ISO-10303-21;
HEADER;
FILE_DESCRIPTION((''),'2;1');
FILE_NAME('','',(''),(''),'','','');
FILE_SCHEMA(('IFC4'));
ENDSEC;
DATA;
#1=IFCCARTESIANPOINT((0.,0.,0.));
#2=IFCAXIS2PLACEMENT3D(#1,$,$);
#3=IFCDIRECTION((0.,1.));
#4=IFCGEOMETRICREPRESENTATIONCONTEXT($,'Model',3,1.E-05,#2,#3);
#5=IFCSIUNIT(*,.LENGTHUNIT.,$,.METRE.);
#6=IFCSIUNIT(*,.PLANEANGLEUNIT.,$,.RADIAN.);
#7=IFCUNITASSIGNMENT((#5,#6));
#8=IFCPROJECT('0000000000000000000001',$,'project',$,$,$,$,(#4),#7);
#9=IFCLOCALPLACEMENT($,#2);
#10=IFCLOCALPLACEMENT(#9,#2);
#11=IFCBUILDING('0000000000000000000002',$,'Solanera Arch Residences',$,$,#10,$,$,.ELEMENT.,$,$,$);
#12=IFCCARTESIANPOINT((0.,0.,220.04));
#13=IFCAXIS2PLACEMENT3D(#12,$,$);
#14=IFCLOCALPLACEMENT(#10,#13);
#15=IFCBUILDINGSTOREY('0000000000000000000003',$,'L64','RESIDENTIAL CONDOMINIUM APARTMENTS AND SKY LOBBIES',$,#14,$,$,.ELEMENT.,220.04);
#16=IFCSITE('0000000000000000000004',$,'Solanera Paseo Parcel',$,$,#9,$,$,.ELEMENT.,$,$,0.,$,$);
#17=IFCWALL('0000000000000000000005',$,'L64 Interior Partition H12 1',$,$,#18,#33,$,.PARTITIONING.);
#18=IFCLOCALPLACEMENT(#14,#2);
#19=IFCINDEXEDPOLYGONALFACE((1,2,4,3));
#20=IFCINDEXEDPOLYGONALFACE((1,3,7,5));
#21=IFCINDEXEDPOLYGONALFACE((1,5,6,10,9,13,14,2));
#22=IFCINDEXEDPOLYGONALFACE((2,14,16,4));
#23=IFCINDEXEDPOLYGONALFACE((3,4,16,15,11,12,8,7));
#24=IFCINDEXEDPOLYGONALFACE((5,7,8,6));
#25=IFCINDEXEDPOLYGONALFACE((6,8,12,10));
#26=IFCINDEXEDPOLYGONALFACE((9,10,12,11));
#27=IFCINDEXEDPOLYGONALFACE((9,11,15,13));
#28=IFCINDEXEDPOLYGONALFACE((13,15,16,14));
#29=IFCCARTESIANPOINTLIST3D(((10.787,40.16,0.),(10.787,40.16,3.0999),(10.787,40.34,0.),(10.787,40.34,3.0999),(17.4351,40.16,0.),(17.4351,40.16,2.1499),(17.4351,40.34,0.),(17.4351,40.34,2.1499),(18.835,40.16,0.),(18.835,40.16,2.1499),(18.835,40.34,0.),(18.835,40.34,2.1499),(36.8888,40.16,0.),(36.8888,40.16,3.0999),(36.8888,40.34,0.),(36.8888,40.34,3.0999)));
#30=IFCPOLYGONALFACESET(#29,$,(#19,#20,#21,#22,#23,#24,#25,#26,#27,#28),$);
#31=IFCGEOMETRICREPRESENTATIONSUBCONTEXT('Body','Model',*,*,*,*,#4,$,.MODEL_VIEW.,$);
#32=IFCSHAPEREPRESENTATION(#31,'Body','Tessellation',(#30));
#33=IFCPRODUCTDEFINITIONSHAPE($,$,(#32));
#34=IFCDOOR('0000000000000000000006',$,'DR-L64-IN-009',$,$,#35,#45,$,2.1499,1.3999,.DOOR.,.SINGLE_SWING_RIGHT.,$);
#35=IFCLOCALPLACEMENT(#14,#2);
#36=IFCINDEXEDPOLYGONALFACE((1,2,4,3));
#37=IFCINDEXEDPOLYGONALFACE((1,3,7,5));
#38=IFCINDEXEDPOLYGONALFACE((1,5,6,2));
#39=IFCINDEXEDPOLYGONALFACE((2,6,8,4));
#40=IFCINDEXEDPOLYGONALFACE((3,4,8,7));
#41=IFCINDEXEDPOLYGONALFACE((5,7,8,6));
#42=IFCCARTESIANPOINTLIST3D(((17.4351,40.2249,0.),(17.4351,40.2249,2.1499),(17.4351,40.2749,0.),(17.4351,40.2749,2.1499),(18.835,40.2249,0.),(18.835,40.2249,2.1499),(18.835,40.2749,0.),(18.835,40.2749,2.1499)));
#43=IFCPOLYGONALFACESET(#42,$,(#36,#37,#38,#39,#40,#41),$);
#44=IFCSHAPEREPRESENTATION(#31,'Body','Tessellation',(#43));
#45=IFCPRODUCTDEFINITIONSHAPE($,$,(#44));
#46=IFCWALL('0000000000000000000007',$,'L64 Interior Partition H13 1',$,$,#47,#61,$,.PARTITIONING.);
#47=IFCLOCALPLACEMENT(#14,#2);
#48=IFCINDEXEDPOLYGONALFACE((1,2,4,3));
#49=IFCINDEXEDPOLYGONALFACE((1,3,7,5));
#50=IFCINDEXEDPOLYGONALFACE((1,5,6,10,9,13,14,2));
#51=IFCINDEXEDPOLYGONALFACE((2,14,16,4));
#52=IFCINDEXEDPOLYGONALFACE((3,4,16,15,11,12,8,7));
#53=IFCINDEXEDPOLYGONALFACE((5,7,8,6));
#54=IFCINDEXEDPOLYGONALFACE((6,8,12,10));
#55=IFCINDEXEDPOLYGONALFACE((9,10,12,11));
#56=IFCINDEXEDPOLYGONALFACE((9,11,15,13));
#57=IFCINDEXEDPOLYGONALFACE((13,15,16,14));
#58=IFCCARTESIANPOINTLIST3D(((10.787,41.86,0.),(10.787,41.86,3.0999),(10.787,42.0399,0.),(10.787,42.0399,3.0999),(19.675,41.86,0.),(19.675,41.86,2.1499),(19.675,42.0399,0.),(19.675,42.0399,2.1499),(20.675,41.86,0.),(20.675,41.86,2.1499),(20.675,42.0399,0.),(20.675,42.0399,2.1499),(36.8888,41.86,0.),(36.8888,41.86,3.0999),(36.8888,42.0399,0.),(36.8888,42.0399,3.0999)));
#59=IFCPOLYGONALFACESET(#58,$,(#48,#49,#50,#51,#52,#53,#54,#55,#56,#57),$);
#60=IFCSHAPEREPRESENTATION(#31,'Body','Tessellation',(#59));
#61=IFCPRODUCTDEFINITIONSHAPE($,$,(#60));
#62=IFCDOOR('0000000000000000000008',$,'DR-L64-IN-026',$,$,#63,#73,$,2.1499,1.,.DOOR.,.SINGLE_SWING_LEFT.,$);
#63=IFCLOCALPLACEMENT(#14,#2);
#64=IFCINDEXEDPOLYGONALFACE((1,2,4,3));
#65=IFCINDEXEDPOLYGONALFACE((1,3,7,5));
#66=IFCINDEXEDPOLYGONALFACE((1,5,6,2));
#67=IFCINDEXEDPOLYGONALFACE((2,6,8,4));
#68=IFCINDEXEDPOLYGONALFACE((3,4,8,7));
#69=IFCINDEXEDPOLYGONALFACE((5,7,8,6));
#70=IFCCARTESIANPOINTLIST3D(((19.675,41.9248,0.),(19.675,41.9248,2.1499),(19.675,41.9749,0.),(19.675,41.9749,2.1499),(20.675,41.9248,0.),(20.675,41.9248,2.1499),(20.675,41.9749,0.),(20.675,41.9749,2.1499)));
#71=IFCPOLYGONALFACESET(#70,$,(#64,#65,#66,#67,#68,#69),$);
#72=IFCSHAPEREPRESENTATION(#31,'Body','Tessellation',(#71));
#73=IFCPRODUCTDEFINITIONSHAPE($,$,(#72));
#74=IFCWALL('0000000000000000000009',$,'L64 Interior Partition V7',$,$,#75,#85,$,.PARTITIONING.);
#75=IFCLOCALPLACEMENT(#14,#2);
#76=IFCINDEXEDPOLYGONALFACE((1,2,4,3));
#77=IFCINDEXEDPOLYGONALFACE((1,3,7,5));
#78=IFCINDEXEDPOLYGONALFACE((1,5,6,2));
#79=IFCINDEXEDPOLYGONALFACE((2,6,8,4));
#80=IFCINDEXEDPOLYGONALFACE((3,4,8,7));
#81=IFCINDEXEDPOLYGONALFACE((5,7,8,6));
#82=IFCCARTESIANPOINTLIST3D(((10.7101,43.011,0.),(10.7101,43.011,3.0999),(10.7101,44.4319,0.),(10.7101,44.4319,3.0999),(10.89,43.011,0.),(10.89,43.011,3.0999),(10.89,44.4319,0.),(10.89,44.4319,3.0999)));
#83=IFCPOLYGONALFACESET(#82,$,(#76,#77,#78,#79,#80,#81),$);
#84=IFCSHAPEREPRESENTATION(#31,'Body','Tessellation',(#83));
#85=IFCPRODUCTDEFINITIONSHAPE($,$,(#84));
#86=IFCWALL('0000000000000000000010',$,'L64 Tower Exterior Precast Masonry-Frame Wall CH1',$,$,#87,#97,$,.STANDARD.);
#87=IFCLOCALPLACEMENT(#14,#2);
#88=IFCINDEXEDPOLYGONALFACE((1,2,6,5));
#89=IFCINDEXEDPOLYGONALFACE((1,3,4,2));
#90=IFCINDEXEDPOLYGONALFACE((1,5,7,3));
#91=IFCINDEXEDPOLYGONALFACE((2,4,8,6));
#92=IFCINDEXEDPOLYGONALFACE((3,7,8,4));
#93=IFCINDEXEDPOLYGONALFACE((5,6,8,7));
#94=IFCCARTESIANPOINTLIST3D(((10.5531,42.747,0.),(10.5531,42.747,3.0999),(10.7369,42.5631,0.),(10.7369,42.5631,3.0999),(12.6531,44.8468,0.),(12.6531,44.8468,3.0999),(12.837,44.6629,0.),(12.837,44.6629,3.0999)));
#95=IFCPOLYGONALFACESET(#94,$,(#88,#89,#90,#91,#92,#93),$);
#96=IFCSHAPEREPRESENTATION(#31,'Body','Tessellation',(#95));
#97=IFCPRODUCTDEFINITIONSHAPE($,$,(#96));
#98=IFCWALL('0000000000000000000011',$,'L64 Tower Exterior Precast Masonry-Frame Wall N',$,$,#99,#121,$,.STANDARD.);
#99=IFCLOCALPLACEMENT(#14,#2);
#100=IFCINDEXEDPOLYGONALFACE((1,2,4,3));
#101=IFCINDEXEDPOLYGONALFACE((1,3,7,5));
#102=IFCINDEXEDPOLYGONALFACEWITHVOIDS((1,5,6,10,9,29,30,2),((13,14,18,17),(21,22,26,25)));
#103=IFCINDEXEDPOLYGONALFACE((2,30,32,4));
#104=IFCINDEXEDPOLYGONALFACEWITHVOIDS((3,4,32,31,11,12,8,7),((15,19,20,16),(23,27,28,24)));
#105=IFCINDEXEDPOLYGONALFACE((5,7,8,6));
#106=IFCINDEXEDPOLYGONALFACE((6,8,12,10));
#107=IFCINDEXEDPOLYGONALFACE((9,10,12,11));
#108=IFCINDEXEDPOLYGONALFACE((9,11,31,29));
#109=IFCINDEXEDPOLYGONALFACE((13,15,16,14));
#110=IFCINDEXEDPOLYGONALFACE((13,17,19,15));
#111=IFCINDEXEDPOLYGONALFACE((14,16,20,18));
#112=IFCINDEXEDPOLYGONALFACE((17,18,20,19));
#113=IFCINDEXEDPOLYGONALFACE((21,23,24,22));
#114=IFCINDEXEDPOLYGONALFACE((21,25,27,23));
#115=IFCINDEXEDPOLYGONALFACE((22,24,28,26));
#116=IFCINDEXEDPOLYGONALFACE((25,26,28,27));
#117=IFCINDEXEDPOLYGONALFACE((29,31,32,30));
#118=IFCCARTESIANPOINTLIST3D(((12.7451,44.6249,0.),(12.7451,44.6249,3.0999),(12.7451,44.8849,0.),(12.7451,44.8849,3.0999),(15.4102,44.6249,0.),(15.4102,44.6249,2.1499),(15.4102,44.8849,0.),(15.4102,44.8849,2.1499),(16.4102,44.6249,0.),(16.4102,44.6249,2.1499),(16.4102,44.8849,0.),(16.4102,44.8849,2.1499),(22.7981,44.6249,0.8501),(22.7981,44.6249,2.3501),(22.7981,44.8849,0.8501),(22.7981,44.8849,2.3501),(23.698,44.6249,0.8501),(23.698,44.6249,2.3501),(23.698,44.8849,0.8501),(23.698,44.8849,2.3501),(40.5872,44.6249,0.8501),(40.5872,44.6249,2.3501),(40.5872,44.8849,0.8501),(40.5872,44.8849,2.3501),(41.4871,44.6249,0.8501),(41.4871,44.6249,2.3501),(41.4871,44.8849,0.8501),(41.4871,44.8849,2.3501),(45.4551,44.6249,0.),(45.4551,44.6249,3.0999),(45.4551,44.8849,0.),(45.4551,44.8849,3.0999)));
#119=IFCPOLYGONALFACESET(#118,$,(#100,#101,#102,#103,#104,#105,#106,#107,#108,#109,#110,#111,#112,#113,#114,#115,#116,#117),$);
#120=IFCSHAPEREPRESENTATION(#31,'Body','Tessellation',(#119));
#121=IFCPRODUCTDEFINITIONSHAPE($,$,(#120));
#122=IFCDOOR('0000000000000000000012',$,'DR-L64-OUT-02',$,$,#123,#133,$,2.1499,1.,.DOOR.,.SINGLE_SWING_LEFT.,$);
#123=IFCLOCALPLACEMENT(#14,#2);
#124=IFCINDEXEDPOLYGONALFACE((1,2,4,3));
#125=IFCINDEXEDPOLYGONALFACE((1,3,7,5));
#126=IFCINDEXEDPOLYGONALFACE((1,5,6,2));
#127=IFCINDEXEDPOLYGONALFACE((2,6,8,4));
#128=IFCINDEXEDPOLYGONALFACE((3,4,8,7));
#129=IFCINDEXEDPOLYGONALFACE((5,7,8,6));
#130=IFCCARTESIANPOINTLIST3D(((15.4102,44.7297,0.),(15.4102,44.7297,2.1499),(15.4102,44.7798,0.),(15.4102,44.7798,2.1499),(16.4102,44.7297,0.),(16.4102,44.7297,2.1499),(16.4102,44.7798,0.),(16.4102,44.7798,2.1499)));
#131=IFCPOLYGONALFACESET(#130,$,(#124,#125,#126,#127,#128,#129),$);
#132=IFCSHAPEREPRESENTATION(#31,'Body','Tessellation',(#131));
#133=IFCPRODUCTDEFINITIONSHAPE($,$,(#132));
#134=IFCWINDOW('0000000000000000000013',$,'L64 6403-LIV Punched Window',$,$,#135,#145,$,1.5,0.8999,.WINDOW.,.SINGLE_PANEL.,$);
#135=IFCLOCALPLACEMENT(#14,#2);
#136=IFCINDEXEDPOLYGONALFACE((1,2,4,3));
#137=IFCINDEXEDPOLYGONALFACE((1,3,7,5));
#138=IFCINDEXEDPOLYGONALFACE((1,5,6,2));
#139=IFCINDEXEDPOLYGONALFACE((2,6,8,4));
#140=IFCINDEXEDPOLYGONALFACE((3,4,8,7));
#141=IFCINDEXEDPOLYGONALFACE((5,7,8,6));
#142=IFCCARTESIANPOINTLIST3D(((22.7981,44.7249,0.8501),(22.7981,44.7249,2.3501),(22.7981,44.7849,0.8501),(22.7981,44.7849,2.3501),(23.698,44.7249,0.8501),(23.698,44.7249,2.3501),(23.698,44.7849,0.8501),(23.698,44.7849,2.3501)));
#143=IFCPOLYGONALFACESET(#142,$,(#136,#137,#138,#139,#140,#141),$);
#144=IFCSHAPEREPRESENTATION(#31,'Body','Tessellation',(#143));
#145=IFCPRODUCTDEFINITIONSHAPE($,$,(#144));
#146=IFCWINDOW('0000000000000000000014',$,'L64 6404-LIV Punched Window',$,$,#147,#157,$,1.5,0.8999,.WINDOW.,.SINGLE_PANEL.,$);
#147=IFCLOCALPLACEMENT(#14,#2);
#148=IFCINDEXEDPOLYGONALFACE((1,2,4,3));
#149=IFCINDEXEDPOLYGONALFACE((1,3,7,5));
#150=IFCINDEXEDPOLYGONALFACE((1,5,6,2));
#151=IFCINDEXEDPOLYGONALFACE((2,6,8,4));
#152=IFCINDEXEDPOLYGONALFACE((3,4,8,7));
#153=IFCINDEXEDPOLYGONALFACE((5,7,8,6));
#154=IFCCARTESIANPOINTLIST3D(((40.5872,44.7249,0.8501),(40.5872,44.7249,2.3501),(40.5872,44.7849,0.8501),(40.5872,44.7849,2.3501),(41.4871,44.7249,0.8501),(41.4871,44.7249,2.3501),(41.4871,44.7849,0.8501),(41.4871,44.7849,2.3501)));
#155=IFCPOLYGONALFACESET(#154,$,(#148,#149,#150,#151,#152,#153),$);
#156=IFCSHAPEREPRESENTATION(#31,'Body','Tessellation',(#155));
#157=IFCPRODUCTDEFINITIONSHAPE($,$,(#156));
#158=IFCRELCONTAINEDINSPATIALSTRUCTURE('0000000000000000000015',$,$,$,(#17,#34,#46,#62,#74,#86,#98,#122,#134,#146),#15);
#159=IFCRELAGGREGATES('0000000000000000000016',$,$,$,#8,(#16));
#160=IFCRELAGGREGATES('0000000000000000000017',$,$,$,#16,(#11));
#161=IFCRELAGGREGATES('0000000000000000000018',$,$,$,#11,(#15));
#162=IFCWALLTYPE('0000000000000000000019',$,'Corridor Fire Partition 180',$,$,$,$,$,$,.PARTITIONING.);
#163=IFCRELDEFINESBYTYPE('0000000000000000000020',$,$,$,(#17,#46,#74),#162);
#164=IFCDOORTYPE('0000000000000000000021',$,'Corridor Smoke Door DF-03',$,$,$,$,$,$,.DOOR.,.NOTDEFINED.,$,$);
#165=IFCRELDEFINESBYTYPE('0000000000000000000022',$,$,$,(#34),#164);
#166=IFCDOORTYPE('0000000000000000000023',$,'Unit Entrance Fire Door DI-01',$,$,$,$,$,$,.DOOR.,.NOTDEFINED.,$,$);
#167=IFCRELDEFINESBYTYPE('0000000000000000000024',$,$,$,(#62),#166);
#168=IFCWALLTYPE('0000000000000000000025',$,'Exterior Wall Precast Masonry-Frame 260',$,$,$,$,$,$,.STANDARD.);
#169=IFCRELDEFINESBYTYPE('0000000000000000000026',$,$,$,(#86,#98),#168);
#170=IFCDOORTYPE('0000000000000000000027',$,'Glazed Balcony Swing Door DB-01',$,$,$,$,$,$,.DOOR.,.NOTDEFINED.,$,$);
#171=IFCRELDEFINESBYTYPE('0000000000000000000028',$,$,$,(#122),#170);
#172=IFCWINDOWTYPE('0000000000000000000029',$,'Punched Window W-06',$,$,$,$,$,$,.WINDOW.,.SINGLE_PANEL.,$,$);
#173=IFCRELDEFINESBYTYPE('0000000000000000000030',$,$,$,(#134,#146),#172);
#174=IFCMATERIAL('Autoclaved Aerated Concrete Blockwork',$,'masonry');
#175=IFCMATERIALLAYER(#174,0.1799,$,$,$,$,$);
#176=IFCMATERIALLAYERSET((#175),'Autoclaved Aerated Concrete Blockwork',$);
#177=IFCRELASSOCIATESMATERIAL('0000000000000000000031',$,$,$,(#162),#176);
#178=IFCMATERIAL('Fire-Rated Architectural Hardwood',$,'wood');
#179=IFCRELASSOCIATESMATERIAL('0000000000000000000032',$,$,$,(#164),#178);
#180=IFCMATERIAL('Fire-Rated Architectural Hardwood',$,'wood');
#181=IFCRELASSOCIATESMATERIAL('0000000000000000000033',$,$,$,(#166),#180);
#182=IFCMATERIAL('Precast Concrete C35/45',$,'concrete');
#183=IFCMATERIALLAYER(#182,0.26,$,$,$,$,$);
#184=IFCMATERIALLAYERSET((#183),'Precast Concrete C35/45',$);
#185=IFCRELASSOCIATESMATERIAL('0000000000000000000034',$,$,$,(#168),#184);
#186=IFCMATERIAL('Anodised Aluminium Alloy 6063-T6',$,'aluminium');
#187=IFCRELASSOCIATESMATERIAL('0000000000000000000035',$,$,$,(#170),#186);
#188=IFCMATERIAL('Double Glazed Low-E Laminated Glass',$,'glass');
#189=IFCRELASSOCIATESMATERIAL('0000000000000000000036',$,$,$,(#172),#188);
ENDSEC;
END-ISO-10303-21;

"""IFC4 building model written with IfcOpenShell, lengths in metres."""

from ifc_helpers import new_model, si_unit, direction, frame, frame_2d, origin, place, context, subcontext, project, spatial, rectangle, extrude, material, layer, layer_set, type_object, element, fill, save


model = new_model("IFC4")

# Units and contexts
model_context = context("Model", 3, precision=1e-05, world=origin(), true_north=direction((0.0, 1.0)))
body_context = subcontext(model_context, "Body", "Model", "MODEL_VIEW")
ifc_project = project(units=[si_unit("LENGTHUNIT", "METRE"), si_unit("PLANEANGLEUNIT", "RADIAN")], contexts=[model_context])

# Site, building, storey
site_placement = place(None, origin())
site = spatial("IfcSite", under=ifc_project, at=site_placement, Name="Solanera Paseo Parcel", CompositionType="ELEMENT", RefElevation=0.0)
building_placement = place(site_placement, origin())
building = spatial("IfcBuilding", under=site, at=building_placement, Name="Solanera Arch Residences", CompositionType="ELEMENT")
storey_placement = place(building_placement, frame((0.0, 0.0, 220.04)))
storey = spatial("IfcBuildingStorey", under=building, at=storey_placement, Name="L64", Description="RESIDENTIAL CONDOMINIUM APARTMENTS AND SKY LOBBIES", CompositionType="ELEMENT", Elevation=220.04)

# Walls, openings, doors
ifc_material_1 = material(Name="Autoclaved Aerated Concrete Blockwork", Category="masonry")
ifc_layer_1 = layer(ifc_material_1, 0.1799)
ifc_layer_set_1 = layer_set([ifc_layer_1], Name="Autoclaved Aerated Concrete Blockwork")
wall_type_1 = type_object("IfcWallType", Name="Corridor Fire Partition 180", PredefinedType="PARTITIONING", material=ifc_layer_set_1)
wall_1_placement = place(storey_placement, frame((10.7871, 40.25, 0.0), z_axis=(0.0, 0.0, 1.0), x_axis=(1.0, 0.0, 0.0)))
wall_1 = element("IfcWall", 1, at=wall_1_placement, inside=storey, type_object=wall_type_1, Name="L64 Interior Partition H12 1", PredefinedType="PARTITIONING", context=body_context, shape_type="SweptSolid", body=[
    extrude(rectangle(XDim=26.1018, YDim=0.1799, at=frame_2d((13.0508, 0.0))), origin(), (0.0, 0.0, 1.0), 3.0999),
])
opening_1_placement = place(wall_1_placement, frame((6.6479, 0.0, 0.0)))
opening_1 = element("IfcOpeningElement", 2, at=opening_1_placement, cuts=wall_1, PredefinedType="OPENING", context=body_context, shape_type="SweptSolid", body=[
    extrude(rectangle(XDim=1.3999, YDim=2.1499, at=frame_2d((0.7, 1.075))), frame((0.0, 0.1001, 0.0), z_axis=(0.0, -1.0, 0.0), x_axis=(1.0, 0.0, 0.0)), (0.0, 0.0, 1.0), 0.1999),
])
ifc_material_2 = material(Name="Fire-Rated Architectural Hardwood", Category="wood")
door_type_1 = type_object("IfcDoorType", Name="Corridor Smoke Door DF-03", OperationType="NOTDEFINED", PredefinedType="DOOR", material=ifc_material_2)
door_1_placement = place(opening_1_placement, origin())
door_1 = element("IfcDoor", 3, at=door_1_placement, inside=storey, type_object=door_type_1, Name="DR-L64-IN-009", OperationType="SINGLE_SWING_RIGHT", OverallHeight=2.1499, OverallWidth=1.3999, PredefinedType="DOOR", context=body_context, shape_type="SweptSolid", body=[
    extrude(rectangle(XDim=1.3999, YDim=2.1499, at=frame_2d((0.7, 1.075))), frame((0.0, 0.0249, 0.0), z_axis=(0.0, -1.0, 0.0), x_axis=(1.0, 0.0, 0.0)), (0.0, 0.0, 1.0), 0.05),
])
fill(opening_1, door_1)
wall_2_placement = place(storey_placement, frame((10.7871, 41.95, 0.0), z_axis=(0.0, 0.0, 1.0), x_axis=(1.0, 0.0, 0.0)))
wall_2 = element("IfcWall", 4, at=wall_2_placement, inside=storey, type_object=wall_type_1, Name="L64 Interior Partition H13 1", PredefinedType="PARTITIONING", context=body_context, shape_type="SweptSolid", body=[
    extrude(rectangle(XDim=26.1018, YDim=0.1799, at=frame_2d((13.0508, 0.0))), origin(), (0.0, 0.0, 1.0), 3.0999),
])
opening_2_placement = place(wall_2_placement, frame((8.8879, 0.0, 0.0)))
opening_2 = element("IfcOpeningElement", 5, at=opening_2_placement, cuts=wall_2, PredefinedType="OPENING", context=body_context, shape_type="SweptSolid", body=[
    extrude(rectangle(XDim=1.0, YDim=2.1499, at=frame_2d((0.5, 1.075))), frame((0.0, 0.1001, 0.0), z_axis=(0.0, -1.0, 0.0), x_axis=(1.0, 0.0, 0.0)), (0.0, 0.0, 1.0), 0.1999),
])
ifc_material_3 = material(Name="Fire-Rated Architectural Hardwood", Category="wood")
door_type_2 = type_object("IfcDoorType", Name="Unit Entrance Fire Door DI-01", OperationType="NOTDEFINED", PredefinedType="DOOR", material=ifc_material_3)
door_2_placement = place(opening_2_placement, origin())
door_2 = element("IfcDoor", 6, at=door_2_placement, inside=storey, type_object=door_type_2, Name="DR-L64-IN-026", OperationType="SINGLE_SWING_LEFT", OverallHeight=2.1499, OverallWidth=1.0, PredefinedType="DOOR", context=body_context, shape_type="SweptSolid", body=[
    extrude(rectangle(XDim=1.0, YDim=2.1499, at=frame_2d((0.5, 1.075))), frame((0.0, 0.0249, 0.0), z_axis=(0.0, -1.0, 0.0), x_axis=(1.0, 0.0, 0.0)), (0.0, 0.0, 1.0), 0.05),
])
fill(opening_2, door_2)

# Walls
wall_3_placement = place(storey_placement, frame((10.8, 43.011, 0.0), z_axis=(0.0, 0.0, 1.0), x_axis=(0.0, 1.0, 0.0)))
element("IfcWall", 7, at=wall_3_placement, inside=storey, type_object=wall_type_1, Name="L64 Interior Partition V7", PredefinedType="PARTITIONING", context=body_context, shape_type="SweptSolid", body=[
    extrude(rectangle(XDim=1.4209, YDim=0.1799, at=frame_2d((0.7104, 0.0))), origin(), (0.0, 0.0, 1.0), 3.0999),
])
ifc_material_4 = material(Name="Precast Concrete C35/45", Category="concrete")
ifc_layer_2 = layer(ifc_material_4, 0.26)
ifc_layer_set_2 = layer_set([ifc_layer_2], Name="Precast Concrete C35/45")
wall_type_2 = type_object("IfcWallType", Name="Exterior Wall Precast Masonry-Frame 260", PredefinedType="STANDARD", material=ifc_layer_set_2)
wall_4_placement = place(storey_placement, frame((10.645, 42.655, 0.0), z_axis=(0.0, 0.0, 1.0), x_axis=(0.707148, 0.707066, 0.0)))
element("IfcWall", 8, at=wall_4_placement, inside=storey, type_object=wall_type_2, Name="L64 Tower Exterior Precast Masonry-Frame Wall CH1", PredefinedType="STANDARD", context=body_context, shape_type="SweptSolid", body=[
    extrude(rectangle(XDim=2.9697, YDim=0.26, at=frame_2d((1.4849, 0.0))), origin(), (0.0, 0.0, 1.0), 3.0999),
])

# Wall, openings, door, windows
wall_5_placement = place(storey_placement, frame((12.7451, 44.7549, 0.0), z_axis=(0.0, 0.0, 1.0), x_axis=(1.0, 0.0, 0.0)))
wall_5 = element("IfcWall", 9, at=wall_5_placement, inside=storey, type_object=wall_type_2, Name="L64 Tower Exterior Precast Masonry-Frame Wall N", PredefinedType="STANDARD", context=body_context, shape_type="SweptSolid", body=[
    extrude(rectangle(XDim=32.71, YDim=0.26, at=frame_2d((16.355, 0.0))), origin(), (0.0, 0.0, 1.0), 3.0999),
])
opening_3_placement = place(wall_5_placement, frame((2.665, 0.0, 0.0)))
opening_3 = element("IfcOpeningElement", 10, at=opening_3_placement, cuts=wall_5, PredefinedType="OPENING", context=body_context, shape_type="SweptSolid", body=[
    extrude(rectangle(XDim=1.0, YDim=2.1499, at=frame_2d((0.5, 1.075))), frame((0.0, 0.1399, 0.0), z_axis=(0.0, -1.0, 0.0), x_axis=(1.0, 0.0, 0.0)), (0.0, 0.0, 1.0), 0.28),
])
opening_4_placement = place(wall_5_placement, frame((10.053, 0.0, 0.8501)))
opening_4 = element("IfcOpeningElement", 11, at=opening_4_placement, cuts=wall_5, PredefinedType="OPENING", context=body_context, shape_type="SweptSolid", body=[
    extrude(rectangle(XDim=0.8999, YDim=1.5, at=frame_2d((0.45, 0.75))), frame((0.0, 0.1399, 0.0), z_axis=(0.0, -1.0, 0.0), x_axis=(1.0, 0.0, 0.0)), (0.0, 0.0, 1.0), 0.28),
])
opening_5_placement = place(wall_5_placement, frame((27.842, 0.0, 0.8501)))
opening_5 = element("IfcOpeningElement", 12, at=opening_5_placement, cuts=wall_5, PredefinedType="OPENING", context=body_context, shape_type="SweptSolid", body=[
    extrude(rectangle(XDim=0.8999, YDim=1.5, at=frame_2d((0.45, 0.75))), frame((0.0, 0.1399, 0.0), z_axis=(0.0, -1.0, 0.0), x_axis=(1.0, 0.0, 0.0)), (0.0, 0.0, 1.0), 0.28),
])
ifc_material_5 = material(Name="Anodised Aluminium Alloy 6063-T6", Category="aluminium")
door_type_3 = type_object("IfcDoorType", Name="Glazed Balcony Swing Door DB-01", OperationType="NOTDEFINED", PredefinedType="DOOR", material=ifc_material_5)
door_3_placement = place(opening_3_placement, origin())
door_3 = element("IfcDoor", 13, at=door_3_placement, inside=storey, type_object=door_type_3, Name="DR-L64-OUT-02", OperationType="SINGLE_SWING_LEFT", OverallHeight=2.1499, OverallWidth=1.0, PredefinedType="DOOR", context=body_context, shape_type="SweptSolid", body=[
    extrude(rectangle(XDim=1.0, YDim=2.1499, at=frame_2d((0.5, 1.075))), frame((0.0, 0.0249, 0.0), z_axis=(0.0, -1.0, 0.0), x_axis=(1.0, 0.0, 0.0)), (0.0, 0.0, 1.0), 0.05),
])
fill(opening_3, door_3)
ifc_material_6 = material(Name="Double Glazed Low-E Laminated Glass", Category="glass")
window_type = type_object("IfcWindowType", Name="Punched Window W-06", PartitioningType="SINGLE_PANEL", PredefinedType="WINDOW", material=ifc_material_6)
window_1_placement = place(opening_4_placement, origin())
window_1 = element("IfcWindow", 14, at=window_1_placement, inside=storey, type_object=window_type, Name="L64 6403-LIV Punched Window", OverallHeight=1.5, OverallWidth=0.8999, PartitioningType="SINGLE_PANEL", PredefinedType="WINDOW", context=body_context, shape_type="SweptSolid", body=[
    extrude(rectangle(XDim=0.8999, YDim=1.5, at=frame_2d((0.45, 0.75))), frame((0.0, 0.03, 0.0), z_axis=(0.0, -1.0, 0.0), x_axis=(1.0, 0.0, 0.0)), (0.0, 0.0, 1.0), 0.0601),
])
fill(opening_4, window_1)
window_2_placement = place(opening_5_placement, origin())
window_2 = element("IfcWindow", 15, at=window_2_placement, inside=storey, type_object=window_type, Name="L64 6404-LIV Punched Window", OverallHeight=1.5, OverallWidth=0.8999, PartitioningType="SINGLE_PANEL", PredefinedType="WINDOW", context=body_context, shape_type="SweptSolid", body=[
    extrude(rectangle(XDim=0.8999, YDim=1.5, at=frame_2d((0.45, 0.75))), frame((0.0, 0.03, 0.0), z_axis=(0.0, -1.0, 0.0), x_axis=(1.0, 0.0, 0.0)), (0.0, 0.0, 1.0), 0.0601),
])
fill(opening_5, window_2)

save(model, "model.ifc")
